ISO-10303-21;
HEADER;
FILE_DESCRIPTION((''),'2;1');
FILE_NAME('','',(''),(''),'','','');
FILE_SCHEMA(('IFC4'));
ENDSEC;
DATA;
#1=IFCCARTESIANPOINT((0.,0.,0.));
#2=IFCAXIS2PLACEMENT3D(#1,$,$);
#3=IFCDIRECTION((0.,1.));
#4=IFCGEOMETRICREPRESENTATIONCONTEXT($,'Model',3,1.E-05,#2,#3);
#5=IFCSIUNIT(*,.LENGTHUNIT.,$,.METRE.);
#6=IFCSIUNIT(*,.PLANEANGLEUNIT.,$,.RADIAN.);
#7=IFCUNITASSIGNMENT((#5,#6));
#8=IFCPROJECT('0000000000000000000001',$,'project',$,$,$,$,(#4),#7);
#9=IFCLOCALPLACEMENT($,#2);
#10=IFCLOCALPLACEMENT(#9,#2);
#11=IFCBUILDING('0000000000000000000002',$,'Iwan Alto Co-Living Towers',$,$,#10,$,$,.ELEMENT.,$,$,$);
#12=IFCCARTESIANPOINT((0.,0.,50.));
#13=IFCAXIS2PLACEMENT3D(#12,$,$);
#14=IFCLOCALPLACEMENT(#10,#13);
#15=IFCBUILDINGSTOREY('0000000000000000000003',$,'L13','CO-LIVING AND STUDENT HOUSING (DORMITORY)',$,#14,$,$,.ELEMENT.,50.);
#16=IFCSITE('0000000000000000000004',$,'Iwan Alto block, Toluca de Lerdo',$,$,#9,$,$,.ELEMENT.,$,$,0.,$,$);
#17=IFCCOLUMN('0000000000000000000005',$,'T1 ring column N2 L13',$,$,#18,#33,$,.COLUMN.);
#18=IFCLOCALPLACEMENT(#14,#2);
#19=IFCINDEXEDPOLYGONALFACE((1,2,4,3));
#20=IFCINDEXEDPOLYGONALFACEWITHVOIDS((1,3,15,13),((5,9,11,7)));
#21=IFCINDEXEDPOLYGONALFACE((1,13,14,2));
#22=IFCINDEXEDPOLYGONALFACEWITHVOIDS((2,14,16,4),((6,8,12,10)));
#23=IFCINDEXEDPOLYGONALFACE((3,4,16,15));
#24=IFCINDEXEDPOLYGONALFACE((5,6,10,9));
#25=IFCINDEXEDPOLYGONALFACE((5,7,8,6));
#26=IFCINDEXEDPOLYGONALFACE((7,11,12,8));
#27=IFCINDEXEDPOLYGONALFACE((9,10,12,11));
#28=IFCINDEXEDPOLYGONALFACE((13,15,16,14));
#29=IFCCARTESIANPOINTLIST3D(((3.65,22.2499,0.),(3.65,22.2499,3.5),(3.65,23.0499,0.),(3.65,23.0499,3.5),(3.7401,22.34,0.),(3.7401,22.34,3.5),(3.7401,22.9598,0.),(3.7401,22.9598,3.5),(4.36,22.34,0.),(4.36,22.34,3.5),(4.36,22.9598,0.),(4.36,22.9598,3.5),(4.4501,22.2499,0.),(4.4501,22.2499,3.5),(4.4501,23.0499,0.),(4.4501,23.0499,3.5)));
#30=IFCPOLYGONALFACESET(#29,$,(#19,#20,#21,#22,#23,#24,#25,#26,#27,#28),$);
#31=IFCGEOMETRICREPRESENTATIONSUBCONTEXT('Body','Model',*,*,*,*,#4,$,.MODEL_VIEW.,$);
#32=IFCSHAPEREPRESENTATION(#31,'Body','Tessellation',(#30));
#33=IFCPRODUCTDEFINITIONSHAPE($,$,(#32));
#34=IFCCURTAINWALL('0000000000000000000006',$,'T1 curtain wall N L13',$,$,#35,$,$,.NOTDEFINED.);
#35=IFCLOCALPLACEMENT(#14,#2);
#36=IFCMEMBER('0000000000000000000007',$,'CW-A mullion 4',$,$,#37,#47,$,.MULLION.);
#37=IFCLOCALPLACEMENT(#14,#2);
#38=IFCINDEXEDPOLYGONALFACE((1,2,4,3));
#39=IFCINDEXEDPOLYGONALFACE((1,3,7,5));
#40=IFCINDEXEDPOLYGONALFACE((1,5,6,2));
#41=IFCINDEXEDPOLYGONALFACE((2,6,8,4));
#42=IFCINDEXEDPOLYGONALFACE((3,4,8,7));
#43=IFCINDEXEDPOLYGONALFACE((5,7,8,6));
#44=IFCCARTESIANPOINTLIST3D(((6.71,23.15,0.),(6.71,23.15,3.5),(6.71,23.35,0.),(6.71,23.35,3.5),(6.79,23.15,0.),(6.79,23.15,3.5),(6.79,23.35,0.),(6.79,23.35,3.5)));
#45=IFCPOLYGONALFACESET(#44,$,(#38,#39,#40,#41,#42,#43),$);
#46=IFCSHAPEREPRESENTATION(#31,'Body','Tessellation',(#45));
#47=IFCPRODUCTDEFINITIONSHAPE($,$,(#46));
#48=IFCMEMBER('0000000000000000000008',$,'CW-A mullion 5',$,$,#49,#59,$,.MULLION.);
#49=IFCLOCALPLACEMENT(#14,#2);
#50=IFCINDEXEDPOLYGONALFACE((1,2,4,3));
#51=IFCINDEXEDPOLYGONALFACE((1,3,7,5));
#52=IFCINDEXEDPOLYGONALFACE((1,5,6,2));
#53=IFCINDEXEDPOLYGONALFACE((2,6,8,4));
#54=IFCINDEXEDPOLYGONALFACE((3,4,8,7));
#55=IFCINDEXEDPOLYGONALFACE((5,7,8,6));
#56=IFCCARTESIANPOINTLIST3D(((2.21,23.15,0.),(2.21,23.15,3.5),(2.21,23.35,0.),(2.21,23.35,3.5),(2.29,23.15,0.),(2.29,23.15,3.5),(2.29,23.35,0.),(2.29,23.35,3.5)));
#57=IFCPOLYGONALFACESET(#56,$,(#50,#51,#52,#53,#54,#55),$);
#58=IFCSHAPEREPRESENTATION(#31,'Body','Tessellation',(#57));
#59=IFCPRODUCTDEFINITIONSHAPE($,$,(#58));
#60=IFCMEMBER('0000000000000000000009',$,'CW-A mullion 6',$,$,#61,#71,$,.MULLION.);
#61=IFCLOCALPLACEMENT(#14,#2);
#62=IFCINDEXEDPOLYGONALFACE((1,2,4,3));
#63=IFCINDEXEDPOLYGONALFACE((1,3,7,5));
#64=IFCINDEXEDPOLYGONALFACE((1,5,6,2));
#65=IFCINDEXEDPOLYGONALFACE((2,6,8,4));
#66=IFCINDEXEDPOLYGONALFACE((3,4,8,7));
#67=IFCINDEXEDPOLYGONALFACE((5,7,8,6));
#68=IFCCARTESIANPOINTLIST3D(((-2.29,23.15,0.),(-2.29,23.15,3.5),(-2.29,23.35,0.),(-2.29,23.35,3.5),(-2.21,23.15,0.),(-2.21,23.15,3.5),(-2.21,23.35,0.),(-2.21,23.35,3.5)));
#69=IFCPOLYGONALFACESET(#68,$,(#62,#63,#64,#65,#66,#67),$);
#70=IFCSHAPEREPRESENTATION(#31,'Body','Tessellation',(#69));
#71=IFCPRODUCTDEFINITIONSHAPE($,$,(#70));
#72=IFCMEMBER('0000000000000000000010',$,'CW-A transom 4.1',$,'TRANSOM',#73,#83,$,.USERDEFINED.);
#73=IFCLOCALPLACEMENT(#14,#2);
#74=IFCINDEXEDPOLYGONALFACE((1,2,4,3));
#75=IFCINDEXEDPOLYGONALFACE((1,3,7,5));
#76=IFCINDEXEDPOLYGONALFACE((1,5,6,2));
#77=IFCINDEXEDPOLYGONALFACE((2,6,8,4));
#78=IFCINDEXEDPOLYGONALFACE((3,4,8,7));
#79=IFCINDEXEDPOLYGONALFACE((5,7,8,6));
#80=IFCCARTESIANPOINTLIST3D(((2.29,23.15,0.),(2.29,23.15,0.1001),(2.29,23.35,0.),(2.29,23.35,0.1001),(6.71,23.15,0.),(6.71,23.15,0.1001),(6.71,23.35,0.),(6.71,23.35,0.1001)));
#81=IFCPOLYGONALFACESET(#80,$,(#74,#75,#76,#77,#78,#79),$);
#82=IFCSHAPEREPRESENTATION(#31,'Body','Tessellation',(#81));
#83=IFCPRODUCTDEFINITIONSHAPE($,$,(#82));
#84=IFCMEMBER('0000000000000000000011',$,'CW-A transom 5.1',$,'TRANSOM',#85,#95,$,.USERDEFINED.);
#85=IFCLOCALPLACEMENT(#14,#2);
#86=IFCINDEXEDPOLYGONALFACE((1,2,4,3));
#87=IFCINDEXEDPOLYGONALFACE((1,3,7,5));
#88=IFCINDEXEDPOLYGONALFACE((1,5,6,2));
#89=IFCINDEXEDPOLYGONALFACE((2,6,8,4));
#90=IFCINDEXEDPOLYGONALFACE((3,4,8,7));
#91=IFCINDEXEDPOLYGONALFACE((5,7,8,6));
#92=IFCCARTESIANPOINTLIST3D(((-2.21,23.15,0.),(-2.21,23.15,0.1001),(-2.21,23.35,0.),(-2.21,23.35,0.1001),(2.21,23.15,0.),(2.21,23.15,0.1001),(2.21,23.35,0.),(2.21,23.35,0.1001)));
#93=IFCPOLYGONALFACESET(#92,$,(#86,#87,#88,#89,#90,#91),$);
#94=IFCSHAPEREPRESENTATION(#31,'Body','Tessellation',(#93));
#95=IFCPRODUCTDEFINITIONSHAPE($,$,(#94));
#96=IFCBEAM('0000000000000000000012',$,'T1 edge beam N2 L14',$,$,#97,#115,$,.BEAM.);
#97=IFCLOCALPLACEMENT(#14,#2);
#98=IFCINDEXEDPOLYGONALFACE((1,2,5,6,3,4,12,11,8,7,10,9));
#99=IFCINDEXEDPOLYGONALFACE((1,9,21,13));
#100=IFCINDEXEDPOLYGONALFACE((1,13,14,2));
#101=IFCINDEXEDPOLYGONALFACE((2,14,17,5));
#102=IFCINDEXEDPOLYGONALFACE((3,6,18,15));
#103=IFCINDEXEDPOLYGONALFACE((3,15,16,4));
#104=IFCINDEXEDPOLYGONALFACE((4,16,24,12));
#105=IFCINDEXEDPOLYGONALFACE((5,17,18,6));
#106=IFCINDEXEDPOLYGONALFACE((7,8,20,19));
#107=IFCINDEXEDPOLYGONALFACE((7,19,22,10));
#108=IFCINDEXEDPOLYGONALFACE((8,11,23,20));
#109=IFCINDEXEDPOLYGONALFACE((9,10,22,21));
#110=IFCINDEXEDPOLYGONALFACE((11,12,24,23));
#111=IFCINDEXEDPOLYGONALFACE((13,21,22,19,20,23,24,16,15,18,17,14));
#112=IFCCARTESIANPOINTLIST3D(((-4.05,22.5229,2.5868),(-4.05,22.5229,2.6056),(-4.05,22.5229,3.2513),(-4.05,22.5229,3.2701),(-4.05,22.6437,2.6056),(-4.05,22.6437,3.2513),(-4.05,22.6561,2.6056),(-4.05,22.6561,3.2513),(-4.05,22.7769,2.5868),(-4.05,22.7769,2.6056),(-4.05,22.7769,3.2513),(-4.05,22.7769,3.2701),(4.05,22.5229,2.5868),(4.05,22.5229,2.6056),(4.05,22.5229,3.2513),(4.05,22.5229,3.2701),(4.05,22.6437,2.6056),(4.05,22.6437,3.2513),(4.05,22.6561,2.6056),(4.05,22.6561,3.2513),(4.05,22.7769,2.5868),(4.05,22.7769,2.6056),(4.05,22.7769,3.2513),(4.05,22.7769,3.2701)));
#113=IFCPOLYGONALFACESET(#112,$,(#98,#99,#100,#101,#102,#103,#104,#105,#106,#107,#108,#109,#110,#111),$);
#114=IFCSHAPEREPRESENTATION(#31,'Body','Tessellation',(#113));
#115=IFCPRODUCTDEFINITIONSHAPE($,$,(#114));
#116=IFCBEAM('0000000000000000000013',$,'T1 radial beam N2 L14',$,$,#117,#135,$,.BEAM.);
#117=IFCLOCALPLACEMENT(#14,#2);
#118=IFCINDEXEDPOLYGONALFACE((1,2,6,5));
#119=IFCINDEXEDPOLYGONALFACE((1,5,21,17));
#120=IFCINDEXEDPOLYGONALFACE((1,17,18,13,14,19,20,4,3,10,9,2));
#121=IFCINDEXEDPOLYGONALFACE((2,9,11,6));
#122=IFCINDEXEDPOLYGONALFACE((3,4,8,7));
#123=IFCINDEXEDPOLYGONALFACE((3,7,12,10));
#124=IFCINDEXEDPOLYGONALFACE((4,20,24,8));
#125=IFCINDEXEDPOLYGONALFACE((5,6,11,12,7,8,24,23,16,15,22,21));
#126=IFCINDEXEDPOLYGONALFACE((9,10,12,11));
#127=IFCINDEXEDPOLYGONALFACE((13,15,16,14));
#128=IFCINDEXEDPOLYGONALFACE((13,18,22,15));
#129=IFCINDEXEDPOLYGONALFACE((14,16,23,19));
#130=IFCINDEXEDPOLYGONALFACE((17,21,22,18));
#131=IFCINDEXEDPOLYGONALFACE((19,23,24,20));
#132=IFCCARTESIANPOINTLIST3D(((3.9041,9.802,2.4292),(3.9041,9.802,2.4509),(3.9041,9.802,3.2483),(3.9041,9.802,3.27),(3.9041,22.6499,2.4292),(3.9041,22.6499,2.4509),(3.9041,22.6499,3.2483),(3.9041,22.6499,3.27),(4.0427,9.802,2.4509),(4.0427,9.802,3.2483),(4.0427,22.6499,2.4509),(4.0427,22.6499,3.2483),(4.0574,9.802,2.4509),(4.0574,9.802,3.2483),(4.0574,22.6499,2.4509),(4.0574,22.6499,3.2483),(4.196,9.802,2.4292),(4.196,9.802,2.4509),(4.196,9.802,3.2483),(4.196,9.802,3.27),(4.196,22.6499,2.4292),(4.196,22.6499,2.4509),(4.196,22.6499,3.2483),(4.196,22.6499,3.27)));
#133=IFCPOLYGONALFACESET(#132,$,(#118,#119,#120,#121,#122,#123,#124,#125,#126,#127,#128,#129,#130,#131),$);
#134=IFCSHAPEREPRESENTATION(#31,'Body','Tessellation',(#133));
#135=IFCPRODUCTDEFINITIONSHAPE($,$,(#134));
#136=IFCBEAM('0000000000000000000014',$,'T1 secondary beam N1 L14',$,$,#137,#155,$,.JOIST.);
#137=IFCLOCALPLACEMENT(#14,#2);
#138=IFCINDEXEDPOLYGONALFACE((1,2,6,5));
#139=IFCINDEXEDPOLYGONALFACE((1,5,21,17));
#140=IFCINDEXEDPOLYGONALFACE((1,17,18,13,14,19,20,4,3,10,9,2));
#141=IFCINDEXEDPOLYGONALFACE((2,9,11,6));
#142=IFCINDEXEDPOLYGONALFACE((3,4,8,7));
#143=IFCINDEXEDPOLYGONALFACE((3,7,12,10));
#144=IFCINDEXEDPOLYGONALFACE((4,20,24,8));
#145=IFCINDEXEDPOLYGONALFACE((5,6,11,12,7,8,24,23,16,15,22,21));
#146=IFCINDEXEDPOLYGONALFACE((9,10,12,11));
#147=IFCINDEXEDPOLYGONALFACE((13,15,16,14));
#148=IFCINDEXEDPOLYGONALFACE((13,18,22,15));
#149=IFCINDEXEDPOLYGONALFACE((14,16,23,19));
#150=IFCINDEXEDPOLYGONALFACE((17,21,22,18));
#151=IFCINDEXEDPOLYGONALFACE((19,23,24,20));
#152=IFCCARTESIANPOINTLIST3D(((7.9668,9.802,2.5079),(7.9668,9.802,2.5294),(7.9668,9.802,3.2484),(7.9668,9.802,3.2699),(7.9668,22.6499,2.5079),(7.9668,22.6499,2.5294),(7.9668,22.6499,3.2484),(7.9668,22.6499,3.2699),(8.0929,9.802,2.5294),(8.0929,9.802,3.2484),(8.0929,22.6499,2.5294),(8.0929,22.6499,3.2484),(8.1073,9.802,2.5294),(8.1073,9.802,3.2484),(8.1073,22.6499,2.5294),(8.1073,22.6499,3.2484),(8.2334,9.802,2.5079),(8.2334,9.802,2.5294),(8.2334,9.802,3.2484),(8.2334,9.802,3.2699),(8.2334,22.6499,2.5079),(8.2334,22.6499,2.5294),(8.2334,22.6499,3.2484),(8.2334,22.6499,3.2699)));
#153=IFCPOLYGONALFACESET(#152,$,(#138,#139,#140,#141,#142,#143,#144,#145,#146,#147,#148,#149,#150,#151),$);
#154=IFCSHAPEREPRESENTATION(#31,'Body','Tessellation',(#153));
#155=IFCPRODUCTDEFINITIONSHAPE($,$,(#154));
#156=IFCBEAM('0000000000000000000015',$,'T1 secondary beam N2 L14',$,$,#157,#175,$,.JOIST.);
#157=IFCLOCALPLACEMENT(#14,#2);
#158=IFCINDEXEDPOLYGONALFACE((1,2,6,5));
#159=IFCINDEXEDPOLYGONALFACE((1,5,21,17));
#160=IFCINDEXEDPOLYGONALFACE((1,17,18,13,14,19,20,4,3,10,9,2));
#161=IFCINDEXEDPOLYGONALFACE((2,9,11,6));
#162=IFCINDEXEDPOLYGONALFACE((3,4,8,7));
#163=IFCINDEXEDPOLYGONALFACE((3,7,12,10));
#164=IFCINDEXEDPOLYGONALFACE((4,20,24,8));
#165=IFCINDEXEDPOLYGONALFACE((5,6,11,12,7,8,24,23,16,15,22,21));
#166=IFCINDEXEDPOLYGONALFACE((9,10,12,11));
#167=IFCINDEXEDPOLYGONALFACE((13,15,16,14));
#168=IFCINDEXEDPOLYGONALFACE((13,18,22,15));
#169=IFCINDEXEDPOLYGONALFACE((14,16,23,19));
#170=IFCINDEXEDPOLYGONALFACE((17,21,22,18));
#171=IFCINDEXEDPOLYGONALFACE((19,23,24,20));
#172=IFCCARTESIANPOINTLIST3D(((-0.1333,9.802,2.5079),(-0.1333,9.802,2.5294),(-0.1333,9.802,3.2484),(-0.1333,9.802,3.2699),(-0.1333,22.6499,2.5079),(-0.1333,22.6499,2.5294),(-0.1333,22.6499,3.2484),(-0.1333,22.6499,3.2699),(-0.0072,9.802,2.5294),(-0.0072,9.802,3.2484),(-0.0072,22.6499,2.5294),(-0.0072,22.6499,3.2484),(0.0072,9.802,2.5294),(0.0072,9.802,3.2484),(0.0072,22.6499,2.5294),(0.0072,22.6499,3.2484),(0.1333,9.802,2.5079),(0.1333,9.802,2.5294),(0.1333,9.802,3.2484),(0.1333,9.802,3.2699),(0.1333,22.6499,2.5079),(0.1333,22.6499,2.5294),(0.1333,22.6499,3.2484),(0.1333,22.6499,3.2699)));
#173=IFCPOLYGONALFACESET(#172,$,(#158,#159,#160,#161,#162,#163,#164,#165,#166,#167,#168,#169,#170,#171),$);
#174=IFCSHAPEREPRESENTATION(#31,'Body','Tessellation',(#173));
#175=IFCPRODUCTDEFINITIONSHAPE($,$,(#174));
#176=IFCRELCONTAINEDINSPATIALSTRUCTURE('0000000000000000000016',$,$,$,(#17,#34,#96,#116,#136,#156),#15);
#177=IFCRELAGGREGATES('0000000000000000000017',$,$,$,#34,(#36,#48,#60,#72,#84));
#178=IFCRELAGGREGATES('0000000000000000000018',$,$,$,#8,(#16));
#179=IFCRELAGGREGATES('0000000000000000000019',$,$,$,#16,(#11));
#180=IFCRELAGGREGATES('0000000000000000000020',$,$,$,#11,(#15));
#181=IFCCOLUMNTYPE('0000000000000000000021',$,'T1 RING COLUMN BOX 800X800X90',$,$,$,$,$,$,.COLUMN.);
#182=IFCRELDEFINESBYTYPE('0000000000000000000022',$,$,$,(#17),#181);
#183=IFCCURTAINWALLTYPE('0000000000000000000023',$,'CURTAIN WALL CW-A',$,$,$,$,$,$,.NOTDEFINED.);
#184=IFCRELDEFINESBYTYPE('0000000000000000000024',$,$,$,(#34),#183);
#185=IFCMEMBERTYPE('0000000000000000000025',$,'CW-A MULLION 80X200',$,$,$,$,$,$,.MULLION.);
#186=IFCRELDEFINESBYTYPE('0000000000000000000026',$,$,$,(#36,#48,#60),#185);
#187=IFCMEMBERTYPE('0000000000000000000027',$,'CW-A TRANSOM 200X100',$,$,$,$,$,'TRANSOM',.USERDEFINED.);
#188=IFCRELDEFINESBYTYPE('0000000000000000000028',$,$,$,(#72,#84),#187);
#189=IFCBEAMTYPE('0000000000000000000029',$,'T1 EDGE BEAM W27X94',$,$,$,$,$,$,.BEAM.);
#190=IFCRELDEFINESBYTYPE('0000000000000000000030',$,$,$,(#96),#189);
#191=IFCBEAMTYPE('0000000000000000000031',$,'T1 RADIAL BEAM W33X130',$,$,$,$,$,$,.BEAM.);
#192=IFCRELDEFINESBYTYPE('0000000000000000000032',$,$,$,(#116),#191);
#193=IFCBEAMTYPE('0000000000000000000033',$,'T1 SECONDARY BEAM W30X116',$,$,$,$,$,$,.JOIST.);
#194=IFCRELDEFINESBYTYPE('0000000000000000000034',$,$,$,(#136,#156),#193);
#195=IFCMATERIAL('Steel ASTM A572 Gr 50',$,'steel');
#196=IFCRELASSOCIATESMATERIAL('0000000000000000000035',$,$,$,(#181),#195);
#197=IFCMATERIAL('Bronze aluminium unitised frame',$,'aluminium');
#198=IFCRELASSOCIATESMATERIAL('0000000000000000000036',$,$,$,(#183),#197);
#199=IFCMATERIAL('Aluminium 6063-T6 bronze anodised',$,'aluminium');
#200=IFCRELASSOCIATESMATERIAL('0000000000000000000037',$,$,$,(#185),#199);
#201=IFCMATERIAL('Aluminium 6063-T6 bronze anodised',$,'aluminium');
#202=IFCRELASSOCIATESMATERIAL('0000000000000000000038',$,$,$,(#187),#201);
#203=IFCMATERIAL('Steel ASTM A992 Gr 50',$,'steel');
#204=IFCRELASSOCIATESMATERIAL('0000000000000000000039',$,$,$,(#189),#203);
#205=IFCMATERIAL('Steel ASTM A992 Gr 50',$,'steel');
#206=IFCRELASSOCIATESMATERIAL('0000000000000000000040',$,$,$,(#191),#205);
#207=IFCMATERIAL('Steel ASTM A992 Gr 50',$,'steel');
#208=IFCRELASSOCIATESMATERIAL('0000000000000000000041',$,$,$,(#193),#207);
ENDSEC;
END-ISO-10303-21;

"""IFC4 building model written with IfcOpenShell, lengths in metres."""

from ifc_helpers import new_model, si_unit, direction, frame, origin, origin_2d, place, context, subcontext, project, spatial, rectangle, hollow_rectangle, i_section, extrude, material, material_profile, profile_set, type_object, element, aggregate, save


model = new_model("IFC4")

# Units and contexts
model_context = context("Model", 3, precision=1e-05, world=origin(), true_north=direction((0.0, 1.0)))
body_context = subcontext(model_context, "Body", "Model", "MODEL_VIEW")
ifc_project = project(units=[si_unit("LENGTHUNIT", "METRE"), si_unit("PLANEANGLEUNIT", "RADIAN")], contexts=[model_context])

# Site, building, storey
site_placement = place(None, origin())
site = spatial("IfcSite", under=ifc_project, at=site_placement, Name="Iwan Alto block, Toluca de Lerdo", CompositionType="ELEMENT", RefElevation=0.0)
building_placement = place(site_placement, origin())
building = spatial("IfcBuilding", under=site, at=building_placement, Name="Iwan Alto Co-Living Towers", CompositionType="ELEMENT")
storey_placement = place(building_placement, frame((0.0, 0.0, 50.0)))
storey = spatial("IfcBuildingStorey", under=building, at=storey_placement, Name="L13", Description="CO-LIVING AND STUDENT HOUSING (DORMITORY)", CompositionType="ELEMENT", Elevation=50.0)

# Column
ifc_material_1 = material(Name="Steel ASTM A572 Gr 50", Category="steel")
ifc_material_profile_1 = material_profile(ifc_material_1, hollow_rectangle(XDim=0.8, YDim=0.8, WallThickness=0.0901, at=origin_2d()), Name="BOX 800X800X90")
ifc_profile_set_1 = profile_set([ifc_material_profile_1], Name="Steel ASTM A572 Gr 50")
column_type = type_object("IfcColumnType", Name="T1 RING COLUMN BOX 800X800X90", PredefinedType="COLUMN", material=ifc_profile_set_1)
column_placement = place(storey_placement, frame((4.05, 22.6499, 0.0), z_axis=(0.0, 0.0, 1.0), x_axis=(1.0, 0.0, 0.0)))
element("IfcColumn", 1, at=column_placement, inside=storey, type_object=column_type, Name="T1 ring column N2 L13", PredefinedType="COLUMN", context=body_context, shape_type="SweptSolid", body=[
    extrude(hollow_rectangle(XDim=0.8, YDim=0.8, WallThickness=0.0901, at=origin_2d()), origin(), (0.0, 0.0, 1.0), 3.5),
])

# Curtain wall, members
ifc_material_2 = material(Name="Bronze aluminium unitised frame", Category="aluminium")
curtain_wall_type = type_object("IfcCurtainWallType", Name="CURTAIN WALL CW-A", PredefinedType="NOTDEFINED", material=ifc_material_2)
curtain_wall_placement = place(storey_placement, origin())
curtain_wall = element("IfcCurtainWall", 2, at=curtain_wall_placement, inside=storey, type_object=curtain_wall_type, Name="T1 curtain wall N L13", PredefinedType="NOTDEFINED")
ifc_material_3 = material(Name="Aluminium 6063-T6 bronze anodised", Category="aluminium")
ifc_material_profile_2 = material_profile(ifc_material_3, rectangle(XDim=0.2, YDim=0.0801, at=origin_2d()), Name="AL 80X200")
ifc_profile_set_2 = profile_set([ifc_material_profile_2], Name="Aluminium 6063-T6 bronze anodised")
member_type_1 = type_object("IfcMemberType", Name="CW-A MULLION 80X200", PredefinedType="MULLION", material=ifc_profile_set_2)
member_1_placement = place(storey_placement, frame((6.75, 23.25, 0.0), z_axis=(0.0, 0.0, 1.0), x_axis=(0.0, -1.0, 0.0)))
member_1 = element("IfcMember", 3, at=member_1_placement, type_object=member_type_1, Name="CW-A mullion 4", PredefinedType="MULLION", context=body_context, shape_type="SweptSolid", body=[
    extrude(rectangle(XDim=0.2, YDim=0.0801, at=origin_2d()), origin(), (0.0, 0.0, 1.0), 3.5),
])
member_2_placement = place(storey_placement, frame((2.25, 23.25, 0.0), z_axis=(0.0, 0.0, 1.0), x_axis=(0.0, -1.0, 0.0)))
member_2 = element("IfcMember", 4, at=member_2_placement, type_object=member_type_1, Name="CW-A mullion 5", PredefinedType="MULLION", context=body_context, shape_type="SweptSolid", body=[
    extrude(rectangle(XDim=0.2, YDim=0.0801, at=origin_2d()), origin(), (0.0, 0.0, 1.0), 3.5),
])
member_3_placement = place(storey_placement, frame((-2.25, 23.25, 0.0), z_axis=(0.0, 0.0, 1.0), x_axis=(0.0, -1.0, 0.0)))
member_3 = element("IfcMember", 5, at=member_3_placement, type_object=member_type_1, Name="CW-A mullion 6", PredefinedType="MULLION", context=body_context, shape_type="SweptSolid", body=[
    extrude(rectangle(XDim=0.2, YDim=0.0801, at=origin_2d()), origin(), (0.0, 0.0, 1.0), 3.5),
])
ifc_material_4 = material(Name="Aluminium 6063-T6 bronze anodised", Category="aluminium")
ifc_material_profile_3 = material_profile(ifc_material_4, rectangle(XDim=0.2, YDim=0.1001, at=origin_2d()), Name="AL 200X100")
ifc_profile_set_3 = profile_set([ifc_material_profile_3], Name="Aluminium 6063-T6 bronze anodised")
member_type_2 = type_object("IfcMemberType", Name="CW-A TRANSOM 200X100", ElementType="TRANSOM", PredefinedType="USERDEFINED", material=ifc_profile_set_3)
member_4_placement = place(storey_placement, frame((6.71, 23.25, 0.05), z_axis=(-1.0, 0.0, 0.0), x_axis=(0.0, -1.0, 0.0)))
member_4 = element("IfcMember", 6, at=member_4_placement, type_object=member_type_2, Name="CW-A transom 4.1", ObjectType="TRANSOM", PredefinedType="USERDEFINED", context=body_context, shape_type="SweptSolid", body=[
    extrude(rectangle(XDim=0.2, YDim=0.1001, at=origin_2d()), origin(), (0.0, 0.0, 1.0), 4.4199),
])
member_5_placement = place(storey_placement, frame((2.21, 23.25, 0.05), z_axis=(-1.0, 0.0, 0.0), x_axis=(0.0, -1.0, 0.0)))
member_5 = element("IfcMember", 7, at=member_5_placement, type_object=member_type_2, Name="CW-A transom 5.1", ObjectType="TRANSOM", PredefinedType="USERDEFINED", context=body_context, shape_type="SweptSolid", body=[
    extrude(rectangle(XDim=0.2, YDim=0.1001, at=origin_2d()), origin(), (0.0, 0.0, 1.0), 4.4199),
])

# Beams
ifc_material_5 = material(Name="Steel ASTM A992 Gr 50", Category="steel")
ifc_material_profile_4 = material_profile(ifc_material_5, i_section(OverallWidth=0.2539, OverallDepth=0.6833, WebThickness=0.0125, FlangeThickness=0.0188, at=origin_2d()), Name="W27X94")
ifc_profile_set_4 = profile_set([ifc_material_profile_4], Name="Steel ASTM A992 Gr 50")
beam_type_1 = type_object("IfcBeamType", Name="T1 EDGE BEAM W27X94", PredefinedType="BEAM", material=ifc_profile_set_4)
beam_1_placement = place(storey_placement, frame((4.05, 22.6499, 2.9285), z_axis=(-1.0, 0.0, 0.0), x_axis=(0.0, -1.0, 0.0)))
element("IfcBeam", 8, at=beam_1_placement, inside=storey, type_object=beam_type_1, Name="T1 edge beam N2 L14", PredefinedType="BEAM", context=body_context, shape_type="SweptSolid", body=[
    extrude(i_section(OverallWidth=0.2539, OverallDepth=0.6833, WebThickness=0.0125, FlangeThickness=0.0188, at=origin_2d()), origin(), (0.0, 0.0, 1.0), 8.1001),
])
ifc_material_6 = material(Name="Steel ASTM A992 Gr 50", Category="steel")
ifc_material_profile_5 = material_profile(ifc_material_6, i_section(OverallWidth=0.292, OverallDepth=0.8408, WebThickness=0.0146, FlangeThickness=0.0217, at=origin_2d()), Name="W33X130")
ifc_profile_set_5 = profile_set([ifc_material_profile_5], Name="Steel ASTM A992 Gr 50")
beam_type_2 = type_object("IfcBeamType", Name="T1 RADIAL BEAM W33X130", PredefinedType="BEAM", material=ifc_profile_set_5)
beam_2_placement = place(storey_placement, frame((4.05, 22.6499, 2.8496), z_axis=(0.0, -1.0, 0.0), x_axis=(1.0, 0.0, 0.0)))
element("IfcBeam", 9, at=beam_2_placement, inside=storey, type_object=beam_type_2, Name="T1 radial beam N2 L14", PredefinedType="BEAM", context=body_context, shape_type="SweptSolid", body=[
    extrude(i_section(OverallWidth=0.292, OverallDepth=0.8408, WebThickness=0.0146, FlangeThickness=0.0217, at=origin_2d()), origin(), (0.0, 0.0, 1.0), 12.8479),
])
ifc_material_7 = material(Name="Steel ASTM A992 Gr 50", Category="steel")
ifc_material_profile_6 = material_profile(ifc_material_7, i_section(OverallWidth=0.2666, OverallDepth=0.762, WebThickness=0.0144, FlangeThickness=0.0215, at=origin_2d()), Name="W30X116")
ifc_profile_set_6 = profile_set([ifc_material_profile_6], Name="Steel ASTM A992 Gr 50")
beam_type_3 = type_object("IfcBeamType", Name="T1 SECONDARY BEAM W30X116", PredefinedType="JOIST", material=ifc_profile_set_6)
for number, where, z_axis, x_axis, name in (
    (10, (8.1001, 22.6499, 2.8889), (0.0, -1.0, 0.0), (1.0, 0.0, 0.0), "T1 secondary beam N1 L14"),
    (11, (0.0, 22.6499, 2.8889), (0.0, -1.0, 0.0), (1.0, 0.0, 0.0), "T1 secondary beam N2 L14"),
):
    element("IfcBeam", number, at=place(storey_placement, frame(where, z_axis=z_axis, x_axis=x_axis)), inside=storey, type_object=beam_type_3, Name=name, PredefinedType="JOIST", context=body_context, shape_type="SweptSolid", body=[
        extrude(i_section(OverallWidth=0.2666, OverallDepth=0.762, WebThickness=0.0144, FlangeThickness=0.0215, at=origin_2d()), origin(), (0.0, 0.0, 1.0), 12.8479),
    ])

aggregate(curtain_wall, [member_1, member_2, member_3, member_4, member_5])

save(model, "model.ifc")
